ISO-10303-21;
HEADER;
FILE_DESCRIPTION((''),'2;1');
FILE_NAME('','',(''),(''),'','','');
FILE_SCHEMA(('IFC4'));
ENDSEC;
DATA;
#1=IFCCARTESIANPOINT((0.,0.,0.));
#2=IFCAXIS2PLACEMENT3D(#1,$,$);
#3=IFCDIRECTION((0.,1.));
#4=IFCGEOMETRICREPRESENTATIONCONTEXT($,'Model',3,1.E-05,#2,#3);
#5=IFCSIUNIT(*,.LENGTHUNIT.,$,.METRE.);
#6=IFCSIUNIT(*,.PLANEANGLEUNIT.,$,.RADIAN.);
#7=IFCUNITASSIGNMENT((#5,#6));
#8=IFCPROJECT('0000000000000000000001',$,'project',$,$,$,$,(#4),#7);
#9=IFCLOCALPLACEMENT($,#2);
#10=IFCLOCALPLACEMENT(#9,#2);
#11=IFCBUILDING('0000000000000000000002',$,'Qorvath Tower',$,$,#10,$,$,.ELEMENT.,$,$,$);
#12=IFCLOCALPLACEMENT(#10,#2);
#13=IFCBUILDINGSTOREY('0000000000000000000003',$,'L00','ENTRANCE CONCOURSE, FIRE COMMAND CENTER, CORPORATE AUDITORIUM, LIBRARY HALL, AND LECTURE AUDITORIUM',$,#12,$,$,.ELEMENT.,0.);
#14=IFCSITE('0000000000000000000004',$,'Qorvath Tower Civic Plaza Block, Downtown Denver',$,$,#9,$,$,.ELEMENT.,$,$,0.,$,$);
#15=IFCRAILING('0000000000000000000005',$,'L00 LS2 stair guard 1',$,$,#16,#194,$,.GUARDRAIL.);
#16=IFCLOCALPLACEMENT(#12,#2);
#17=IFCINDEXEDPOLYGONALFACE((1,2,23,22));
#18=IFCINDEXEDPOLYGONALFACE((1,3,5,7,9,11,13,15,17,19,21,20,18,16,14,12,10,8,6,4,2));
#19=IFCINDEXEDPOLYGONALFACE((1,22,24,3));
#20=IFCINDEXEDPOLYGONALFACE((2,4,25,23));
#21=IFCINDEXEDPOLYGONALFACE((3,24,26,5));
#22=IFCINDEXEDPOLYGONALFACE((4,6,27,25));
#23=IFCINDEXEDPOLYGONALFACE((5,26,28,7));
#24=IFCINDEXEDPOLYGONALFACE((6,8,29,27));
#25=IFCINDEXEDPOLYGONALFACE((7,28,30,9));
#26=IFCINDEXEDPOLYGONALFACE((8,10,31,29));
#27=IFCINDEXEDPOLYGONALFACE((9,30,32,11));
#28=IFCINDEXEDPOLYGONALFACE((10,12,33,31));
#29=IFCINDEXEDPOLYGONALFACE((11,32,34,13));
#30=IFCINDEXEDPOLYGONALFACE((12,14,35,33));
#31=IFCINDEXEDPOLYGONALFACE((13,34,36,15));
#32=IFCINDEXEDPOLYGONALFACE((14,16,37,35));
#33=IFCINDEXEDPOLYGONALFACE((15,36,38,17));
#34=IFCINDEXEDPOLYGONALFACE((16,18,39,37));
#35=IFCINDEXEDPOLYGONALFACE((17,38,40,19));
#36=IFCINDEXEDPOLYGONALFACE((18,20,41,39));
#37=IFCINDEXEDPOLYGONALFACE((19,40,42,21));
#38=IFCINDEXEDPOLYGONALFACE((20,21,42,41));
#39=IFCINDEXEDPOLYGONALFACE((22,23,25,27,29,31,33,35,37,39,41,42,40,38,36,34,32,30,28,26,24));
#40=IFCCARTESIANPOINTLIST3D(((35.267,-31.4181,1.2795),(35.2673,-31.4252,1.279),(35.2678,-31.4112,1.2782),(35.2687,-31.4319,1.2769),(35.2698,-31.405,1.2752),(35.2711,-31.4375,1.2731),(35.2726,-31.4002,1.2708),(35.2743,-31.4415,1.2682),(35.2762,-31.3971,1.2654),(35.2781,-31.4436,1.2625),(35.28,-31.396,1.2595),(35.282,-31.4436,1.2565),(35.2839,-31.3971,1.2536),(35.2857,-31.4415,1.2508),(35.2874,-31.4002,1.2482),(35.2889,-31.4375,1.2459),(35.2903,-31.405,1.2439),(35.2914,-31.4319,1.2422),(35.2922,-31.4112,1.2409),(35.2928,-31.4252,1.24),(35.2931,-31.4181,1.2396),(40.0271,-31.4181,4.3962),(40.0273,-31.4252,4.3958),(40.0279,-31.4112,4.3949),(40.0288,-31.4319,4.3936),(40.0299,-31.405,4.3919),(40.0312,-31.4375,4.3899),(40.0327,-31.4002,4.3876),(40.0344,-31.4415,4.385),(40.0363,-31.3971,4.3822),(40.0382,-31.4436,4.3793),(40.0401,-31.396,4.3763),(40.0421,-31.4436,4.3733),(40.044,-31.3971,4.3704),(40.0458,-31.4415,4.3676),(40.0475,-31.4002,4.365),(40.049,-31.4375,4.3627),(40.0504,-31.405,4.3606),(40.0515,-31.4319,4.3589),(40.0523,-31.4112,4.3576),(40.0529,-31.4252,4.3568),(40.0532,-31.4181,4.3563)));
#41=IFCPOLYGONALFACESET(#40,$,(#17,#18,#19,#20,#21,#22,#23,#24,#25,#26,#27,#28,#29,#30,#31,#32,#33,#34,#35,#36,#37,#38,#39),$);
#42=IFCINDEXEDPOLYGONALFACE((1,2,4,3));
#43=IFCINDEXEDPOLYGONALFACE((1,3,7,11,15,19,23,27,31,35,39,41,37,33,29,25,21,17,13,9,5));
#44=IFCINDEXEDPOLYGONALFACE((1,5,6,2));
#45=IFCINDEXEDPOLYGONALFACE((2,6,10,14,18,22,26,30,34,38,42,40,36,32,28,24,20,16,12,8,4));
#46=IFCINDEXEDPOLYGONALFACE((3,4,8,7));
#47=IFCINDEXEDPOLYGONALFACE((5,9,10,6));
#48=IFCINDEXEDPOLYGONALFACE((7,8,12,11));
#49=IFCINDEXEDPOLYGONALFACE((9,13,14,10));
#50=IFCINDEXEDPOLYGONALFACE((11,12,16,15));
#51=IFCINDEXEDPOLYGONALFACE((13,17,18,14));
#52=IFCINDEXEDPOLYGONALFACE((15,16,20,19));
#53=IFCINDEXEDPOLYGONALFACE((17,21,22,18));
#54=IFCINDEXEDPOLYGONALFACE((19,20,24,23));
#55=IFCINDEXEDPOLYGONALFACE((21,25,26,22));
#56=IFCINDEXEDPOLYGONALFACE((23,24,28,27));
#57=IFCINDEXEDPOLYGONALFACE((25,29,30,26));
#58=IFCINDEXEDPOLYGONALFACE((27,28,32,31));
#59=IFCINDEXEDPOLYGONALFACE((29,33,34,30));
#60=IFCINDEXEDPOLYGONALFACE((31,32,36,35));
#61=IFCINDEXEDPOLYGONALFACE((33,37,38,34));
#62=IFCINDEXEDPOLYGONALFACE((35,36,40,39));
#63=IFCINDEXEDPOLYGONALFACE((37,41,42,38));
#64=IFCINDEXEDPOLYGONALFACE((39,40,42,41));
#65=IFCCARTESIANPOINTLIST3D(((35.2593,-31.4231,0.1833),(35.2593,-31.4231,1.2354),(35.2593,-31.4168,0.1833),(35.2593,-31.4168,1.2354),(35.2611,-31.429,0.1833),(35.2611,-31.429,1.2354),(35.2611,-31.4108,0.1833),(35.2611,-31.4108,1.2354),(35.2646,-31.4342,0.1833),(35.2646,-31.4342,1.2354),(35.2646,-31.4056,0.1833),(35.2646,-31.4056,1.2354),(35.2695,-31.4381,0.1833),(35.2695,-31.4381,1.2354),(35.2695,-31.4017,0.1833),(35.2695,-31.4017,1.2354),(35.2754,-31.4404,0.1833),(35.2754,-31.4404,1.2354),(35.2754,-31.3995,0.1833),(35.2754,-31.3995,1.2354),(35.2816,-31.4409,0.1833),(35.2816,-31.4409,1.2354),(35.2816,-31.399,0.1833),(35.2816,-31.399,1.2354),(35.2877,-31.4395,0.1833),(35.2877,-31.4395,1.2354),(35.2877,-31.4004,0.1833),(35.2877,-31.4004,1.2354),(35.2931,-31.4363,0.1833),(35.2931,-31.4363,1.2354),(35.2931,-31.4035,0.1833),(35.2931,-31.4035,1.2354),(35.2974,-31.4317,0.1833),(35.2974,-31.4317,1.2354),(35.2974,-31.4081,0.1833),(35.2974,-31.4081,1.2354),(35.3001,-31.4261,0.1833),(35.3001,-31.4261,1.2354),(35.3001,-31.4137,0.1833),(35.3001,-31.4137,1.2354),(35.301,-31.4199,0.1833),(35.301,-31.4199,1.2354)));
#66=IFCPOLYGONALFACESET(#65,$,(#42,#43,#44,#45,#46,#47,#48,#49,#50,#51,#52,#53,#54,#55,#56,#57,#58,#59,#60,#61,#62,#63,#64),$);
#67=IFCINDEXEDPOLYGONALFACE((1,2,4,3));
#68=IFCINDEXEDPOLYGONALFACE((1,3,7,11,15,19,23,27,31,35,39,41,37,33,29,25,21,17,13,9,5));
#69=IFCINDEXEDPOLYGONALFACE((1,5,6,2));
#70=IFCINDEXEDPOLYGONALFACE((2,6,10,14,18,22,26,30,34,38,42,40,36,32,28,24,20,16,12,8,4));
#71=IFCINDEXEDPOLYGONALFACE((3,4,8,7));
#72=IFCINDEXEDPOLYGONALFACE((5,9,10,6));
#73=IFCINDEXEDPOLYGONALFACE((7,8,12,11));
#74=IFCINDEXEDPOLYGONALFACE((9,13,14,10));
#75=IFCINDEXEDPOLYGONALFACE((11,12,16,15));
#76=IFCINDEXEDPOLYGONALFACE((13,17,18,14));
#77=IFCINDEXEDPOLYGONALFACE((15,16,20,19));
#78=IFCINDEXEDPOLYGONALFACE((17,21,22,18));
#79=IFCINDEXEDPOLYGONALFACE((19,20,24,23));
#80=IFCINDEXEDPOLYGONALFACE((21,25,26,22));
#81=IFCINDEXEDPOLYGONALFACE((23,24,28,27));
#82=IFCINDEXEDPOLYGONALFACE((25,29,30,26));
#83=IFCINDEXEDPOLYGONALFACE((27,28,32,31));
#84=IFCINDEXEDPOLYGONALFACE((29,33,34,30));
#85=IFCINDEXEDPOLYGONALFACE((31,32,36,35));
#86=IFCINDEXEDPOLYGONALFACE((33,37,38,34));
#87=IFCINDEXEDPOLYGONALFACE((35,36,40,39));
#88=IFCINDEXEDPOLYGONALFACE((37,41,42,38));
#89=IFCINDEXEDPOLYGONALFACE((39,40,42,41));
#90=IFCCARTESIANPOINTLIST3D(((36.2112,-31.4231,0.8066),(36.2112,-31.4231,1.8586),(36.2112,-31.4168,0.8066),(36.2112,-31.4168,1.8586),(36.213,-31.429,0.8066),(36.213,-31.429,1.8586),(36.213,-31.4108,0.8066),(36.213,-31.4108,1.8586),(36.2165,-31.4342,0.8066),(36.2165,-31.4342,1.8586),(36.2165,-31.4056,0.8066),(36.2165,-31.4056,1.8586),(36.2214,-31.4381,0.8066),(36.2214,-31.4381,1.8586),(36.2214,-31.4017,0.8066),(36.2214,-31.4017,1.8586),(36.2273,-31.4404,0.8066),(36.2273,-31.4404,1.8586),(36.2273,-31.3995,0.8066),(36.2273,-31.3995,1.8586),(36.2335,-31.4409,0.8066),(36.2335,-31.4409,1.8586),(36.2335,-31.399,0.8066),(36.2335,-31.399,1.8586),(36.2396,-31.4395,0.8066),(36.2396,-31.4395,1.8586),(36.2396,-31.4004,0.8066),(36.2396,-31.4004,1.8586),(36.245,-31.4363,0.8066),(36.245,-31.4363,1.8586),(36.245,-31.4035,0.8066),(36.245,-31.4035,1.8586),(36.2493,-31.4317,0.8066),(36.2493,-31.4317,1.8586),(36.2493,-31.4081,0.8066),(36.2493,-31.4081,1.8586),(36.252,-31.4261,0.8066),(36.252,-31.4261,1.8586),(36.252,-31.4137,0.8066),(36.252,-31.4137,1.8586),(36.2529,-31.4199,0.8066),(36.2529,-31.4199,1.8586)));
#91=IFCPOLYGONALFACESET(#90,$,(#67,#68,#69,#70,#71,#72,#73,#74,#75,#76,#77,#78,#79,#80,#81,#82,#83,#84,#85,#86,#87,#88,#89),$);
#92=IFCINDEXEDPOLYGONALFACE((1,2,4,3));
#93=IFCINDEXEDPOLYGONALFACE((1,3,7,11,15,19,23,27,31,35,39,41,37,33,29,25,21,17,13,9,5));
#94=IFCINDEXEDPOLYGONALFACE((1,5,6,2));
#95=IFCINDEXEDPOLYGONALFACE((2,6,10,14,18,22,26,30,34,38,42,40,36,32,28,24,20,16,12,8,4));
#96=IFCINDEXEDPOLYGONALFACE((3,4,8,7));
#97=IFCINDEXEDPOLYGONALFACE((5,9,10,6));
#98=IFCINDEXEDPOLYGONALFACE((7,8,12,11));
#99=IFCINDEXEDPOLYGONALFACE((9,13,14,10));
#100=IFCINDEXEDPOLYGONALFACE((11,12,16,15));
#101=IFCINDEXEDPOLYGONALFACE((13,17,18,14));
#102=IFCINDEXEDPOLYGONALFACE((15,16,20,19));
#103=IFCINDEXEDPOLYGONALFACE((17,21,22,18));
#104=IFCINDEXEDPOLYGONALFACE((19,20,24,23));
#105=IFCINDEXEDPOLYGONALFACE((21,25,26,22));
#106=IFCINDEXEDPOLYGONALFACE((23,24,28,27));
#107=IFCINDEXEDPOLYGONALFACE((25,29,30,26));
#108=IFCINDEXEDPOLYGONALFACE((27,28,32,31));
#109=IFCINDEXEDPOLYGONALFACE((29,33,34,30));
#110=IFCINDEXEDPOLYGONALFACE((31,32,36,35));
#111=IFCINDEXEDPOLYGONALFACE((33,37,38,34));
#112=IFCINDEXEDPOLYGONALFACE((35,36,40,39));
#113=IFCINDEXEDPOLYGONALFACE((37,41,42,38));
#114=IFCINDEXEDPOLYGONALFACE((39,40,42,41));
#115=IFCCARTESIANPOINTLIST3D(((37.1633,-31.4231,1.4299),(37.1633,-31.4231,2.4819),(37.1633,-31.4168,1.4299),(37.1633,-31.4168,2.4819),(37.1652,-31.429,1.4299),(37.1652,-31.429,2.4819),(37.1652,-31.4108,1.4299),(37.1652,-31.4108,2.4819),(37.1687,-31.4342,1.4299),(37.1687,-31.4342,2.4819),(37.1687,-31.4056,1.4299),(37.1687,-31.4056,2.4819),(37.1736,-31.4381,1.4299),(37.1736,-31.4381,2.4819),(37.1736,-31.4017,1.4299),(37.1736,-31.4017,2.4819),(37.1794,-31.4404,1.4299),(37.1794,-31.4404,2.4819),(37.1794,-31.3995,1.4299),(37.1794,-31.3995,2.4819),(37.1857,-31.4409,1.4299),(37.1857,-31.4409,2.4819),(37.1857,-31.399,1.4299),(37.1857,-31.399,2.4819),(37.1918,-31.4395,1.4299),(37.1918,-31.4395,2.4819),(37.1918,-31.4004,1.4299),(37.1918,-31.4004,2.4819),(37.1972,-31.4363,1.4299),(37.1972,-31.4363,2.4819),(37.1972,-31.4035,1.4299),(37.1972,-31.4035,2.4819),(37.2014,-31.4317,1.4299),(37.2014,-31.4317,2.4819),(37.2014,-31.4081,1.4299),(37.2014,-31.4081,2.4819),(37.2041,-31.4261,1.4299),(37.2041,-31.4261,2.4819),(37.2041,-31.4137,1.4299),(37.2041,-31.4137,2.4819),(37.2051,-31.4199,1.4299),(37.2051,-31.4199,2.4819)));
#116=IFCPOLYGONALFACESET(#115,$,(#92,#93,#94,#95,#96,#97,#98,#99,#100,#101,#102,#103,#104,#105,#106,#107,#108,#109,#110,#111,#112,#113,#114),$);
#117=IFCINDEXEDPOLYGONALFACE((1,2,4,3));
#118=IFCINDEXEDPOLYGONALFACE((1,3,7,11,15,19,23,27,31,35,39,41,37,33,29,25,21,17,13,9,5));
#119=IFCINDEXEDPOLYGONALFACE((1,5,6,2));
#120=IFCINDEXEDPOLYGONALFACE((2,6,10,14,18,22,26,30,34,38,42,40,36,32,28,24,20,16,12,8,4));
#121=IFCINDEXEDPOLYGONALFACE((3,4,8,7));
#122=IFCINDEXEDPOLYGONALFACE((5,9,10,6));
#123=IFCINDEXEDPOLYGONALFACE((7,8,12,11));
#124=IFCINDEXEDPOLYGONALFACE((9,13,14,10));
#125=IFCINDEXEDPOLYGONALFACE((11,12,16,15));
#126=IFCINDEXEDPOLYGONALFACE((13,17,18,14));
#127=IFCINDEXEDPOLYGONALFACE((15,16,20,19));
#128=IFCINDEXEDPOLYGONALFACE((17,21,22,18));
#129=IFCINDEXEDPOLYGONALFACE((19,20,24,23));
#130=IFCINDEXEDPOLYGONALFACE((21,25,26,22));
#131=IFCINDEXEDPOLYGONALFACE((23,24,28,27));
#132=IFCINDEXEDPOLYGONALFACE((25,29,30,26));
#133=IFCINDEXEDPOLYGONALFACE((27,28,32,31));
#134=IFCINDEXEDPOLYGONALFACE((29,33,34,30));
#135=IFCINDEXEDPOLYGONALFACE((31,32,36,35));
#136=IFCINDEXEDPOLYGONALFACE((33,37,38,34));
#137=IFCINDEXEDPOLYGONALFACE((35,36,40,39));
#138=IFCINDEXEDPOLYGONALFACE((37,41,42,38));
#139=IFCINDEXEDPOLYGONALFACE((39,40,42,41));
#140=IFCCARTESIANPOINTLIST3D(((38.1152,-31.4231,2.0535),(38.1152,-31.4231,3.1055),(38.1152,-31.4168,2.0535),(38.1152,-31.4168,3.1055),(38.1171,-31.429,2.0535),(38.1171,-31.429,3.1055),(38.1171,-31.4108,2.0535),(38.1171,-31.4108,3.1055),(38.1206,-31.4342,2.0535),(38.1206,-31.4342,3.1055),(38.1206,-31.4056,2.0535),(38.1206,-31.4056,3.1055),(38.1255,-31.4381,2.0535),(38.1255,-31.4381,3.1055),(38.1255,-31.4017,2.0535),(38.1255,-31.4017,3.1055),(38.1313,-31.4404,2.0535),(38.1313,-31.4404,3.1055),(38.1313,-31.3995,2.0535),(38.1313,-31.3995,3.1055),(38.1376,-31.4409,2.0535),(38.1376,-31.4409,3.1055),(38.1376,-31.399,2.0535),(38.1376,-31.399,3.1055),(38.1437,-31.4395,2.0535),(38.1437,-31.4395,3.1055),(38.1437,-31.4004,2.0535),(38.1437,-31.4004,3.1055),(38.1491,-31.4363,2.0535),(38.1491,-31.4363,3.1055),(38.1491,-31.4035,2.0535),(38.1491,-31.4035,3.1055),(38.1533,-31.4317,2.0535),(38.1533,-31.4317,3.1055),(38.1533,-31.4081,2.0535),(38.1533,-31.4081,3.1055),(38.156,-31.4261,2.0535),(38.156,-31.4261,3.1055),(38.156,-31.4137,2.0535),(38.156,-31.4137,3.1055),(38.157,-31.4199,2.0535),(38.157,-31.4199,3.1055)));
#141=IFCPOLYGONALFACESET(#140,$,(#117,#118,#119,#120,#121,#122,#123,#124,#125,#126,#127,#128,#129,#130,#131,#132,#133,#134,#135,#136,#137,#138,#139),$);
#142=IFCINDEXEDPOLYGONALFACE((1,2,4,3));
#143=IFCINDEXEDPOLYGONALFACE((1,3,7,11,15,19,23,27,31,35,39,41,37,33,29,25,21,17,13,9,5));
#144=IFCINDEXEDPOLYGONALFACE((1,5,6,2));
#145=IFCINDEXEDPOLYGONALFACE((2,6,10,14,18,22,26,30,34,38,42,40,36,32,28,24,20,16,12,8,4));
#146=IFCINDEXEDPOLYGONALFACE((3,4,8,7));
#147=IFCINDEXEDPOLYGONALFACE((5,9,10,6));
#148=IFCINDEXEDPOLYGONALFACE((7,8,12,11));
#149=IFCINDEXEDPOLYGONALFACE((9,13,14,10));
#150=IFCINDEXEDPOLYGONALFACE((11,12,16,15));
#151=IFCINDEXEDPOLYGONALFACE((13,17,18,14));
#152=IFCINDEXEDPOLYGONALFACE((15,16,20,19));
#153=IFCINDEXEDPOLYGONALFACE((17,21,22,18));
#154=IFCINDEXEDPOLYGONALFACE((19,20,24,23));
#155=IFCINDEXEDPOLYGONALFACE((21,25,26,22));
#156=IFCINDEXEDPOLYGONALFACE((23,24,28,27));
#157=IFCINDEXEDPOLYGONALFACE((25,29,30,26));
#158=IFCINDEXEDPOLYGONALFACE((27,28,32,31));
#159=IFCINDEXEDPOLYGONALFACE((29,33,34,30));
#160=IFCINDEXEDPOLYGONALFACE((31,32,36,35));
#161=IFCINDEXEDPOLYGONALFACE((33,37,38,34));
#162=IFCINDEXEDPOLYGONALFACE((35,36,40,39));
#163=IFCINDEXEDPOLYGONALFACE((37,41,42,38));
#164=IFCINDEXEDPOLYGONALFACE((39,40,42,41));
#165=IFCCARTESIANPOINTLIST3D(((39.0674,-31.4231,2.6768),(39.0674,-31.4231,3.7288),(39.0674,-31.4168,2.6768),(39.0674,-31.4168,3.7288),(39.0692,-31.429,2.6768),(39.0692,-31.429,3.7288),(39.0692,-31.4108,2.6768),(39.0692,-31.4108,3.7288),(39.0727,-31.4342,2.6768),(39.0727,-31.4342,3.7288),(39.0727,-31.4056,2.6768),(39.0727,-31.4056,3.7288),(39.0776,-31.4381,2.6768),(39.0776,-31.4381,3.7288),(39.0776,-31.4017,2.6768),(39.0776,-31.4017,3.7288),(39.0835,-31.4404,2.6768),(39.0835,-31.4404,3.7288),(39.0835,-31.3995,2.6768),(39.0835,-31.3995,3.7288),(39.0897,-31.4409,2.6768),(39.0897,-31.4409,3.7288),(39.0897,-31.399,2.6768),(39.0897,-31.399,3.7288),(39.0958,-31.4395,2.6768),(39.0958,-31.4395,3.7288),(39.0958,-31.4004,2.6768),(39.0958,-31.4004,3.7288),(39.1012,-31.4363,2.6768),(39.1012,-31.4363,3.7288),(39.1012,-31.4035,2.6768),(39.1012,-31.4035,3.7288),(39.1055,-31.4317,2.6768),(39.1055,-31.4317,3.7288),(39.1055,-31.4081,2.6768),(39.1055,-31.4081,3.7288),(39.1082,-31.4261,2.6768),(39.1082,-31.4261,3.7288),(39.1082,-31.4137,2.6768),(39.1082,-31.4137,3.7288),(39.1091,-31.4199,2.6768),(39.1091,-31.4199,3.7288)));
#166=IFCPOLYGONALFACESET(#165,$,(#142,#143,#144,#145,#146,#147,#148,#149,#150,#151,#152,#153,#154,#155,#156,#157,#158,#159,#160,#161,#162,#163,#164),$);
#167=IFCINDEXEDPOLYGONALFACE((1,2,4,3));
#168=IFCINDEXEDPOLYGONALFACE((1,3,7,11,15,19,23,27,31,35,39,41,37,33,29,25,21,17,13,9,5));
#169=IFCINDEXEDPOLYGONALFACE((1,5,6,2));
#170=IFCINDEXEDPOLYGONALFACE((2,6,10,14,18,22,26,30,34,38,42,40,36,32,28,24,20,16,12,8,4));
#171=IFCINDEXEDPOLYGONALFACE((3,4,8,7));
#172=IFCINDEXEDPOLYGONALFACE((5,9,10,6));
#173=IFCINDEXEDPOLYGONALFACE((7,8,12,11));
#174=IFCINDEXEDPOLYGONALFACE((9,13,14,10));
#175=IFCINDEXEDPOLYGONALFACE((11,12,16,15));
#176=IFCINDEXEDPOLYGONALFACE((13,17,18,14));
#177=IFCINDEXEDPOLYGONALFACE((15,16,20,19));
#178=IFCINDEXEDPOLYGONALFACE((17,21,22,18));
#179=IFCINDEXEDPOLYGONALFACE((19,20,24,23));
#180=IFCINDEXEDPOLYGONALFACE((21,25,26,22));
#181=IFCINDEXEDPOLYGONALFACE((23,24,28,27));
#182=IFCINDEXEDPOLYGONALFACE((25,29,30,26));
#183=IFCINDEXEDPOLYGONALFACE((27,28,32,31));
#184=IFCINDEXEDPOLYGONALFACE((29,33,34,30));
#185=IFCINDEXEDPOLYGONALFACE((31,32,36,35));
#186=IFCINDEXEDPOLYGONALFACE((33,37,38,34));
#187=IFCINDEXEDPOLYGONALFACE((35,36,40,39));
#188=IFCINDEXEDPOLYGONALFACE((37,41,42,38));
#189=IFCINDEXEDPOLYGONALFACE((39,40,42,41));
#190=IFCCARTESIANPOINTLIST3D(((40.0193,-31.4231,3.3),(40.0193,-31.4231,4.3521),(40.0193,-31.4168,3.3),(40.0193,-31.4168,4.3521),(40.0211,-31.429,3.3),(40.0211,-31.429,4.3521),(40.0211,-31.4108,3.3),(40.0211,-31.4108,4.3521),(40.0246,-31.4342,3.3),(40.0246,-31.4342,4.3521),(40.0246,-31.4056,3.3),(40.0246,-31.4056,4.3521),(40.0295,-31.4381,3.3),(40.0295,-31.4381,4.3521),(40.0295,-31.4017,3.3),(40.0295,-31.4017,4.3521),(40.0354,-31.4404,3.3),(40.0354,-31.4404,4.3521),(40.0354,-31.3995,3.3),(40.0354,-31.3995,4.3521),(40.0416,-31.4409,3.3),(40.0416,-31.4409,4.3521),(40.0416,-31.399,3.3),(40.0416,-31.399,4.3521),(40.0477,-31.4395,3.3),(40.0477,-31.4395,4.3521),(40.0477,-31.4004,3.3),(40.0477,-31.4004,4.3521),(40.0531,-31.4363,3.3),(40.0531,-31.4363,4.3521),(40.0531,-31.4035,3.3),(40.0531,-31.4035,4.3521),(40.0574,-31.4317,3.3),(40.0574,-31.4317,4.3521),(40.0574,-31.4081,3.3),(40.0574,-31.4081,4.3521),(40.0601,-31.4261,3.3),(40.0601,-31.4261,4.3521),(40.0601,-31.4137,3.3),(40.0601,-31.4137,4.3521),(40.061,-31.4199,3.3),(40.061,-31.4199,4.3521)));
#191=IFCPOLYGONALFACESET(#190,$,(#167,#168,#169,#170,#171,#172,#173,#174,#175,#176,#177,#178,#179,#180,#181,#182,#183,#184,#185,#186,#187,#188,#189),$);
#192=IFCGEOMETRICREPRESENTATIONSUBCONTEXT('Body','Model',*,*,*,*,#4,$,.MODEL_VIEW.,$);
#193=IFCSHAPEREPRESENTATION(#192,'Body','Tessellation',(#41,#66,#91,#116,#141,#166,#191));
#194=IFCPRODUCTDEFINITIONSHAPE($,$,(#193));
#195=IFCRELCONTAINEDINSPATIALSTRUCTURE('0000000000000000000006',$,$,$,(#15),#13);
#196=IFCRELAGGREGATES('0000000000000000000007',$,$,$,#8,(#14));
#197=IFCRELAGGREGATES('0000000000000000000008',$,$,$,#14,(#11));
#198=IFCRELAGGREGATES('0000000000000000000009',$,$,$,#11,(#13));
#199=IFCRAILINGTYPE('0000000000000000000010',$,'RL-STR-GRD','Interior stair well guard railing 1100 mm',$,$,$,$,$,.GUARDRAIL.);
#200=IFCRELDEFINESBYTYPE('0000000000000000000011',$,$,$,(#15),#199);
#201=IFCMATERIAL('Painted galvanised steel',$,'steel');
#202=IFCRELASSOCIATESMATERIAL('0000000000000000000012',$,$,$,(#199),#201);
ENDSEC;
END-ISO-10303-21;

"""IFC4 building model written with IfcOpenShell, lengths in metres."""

from ifc_helpers import new_model, si_unit, direction, frame, origin, origin_2d, place, context, subcontext, project, spatial, circle, extrude, material, type_object, element, save


model = new_model("IFC4")

# Units and contexts
model_context = context("Model", 3, precision=1e-05, world=origin(), true_north=direction((0.0, 1.0)))
body_context = subcontext(model_context, "Body", "Model", "MODEL_VIEW")
ifc_project = project(units=[si_unit("LENGTHUNIT", "METRE"), si_unit("PLANEANGLEUNIT", "RADIAN")], contexts=[model_context])

# Site, building, storey
site_placement = place(None, origin())
site = spatial("IfcSite", under=ifc_project, at=site_placement, Name="Qorvath Tower Civic Plaza Block, Downtown Denver", CompositionType="ELEMENT", RefElevation=0.0)
building_placement = place(site_placement, origin())
building = spatial("IfcBuilding", under=site, at=building_placement, Name="Qorvath Tower", CompositionType="ELEMENT")
storey_placement = place(building_placement, origin())
storey = spatial("IfcBuildingStorey", under=building, at=storey_placement, Name="L00", Description="ENTRANCE CONCOURSE, FIRE COMMAND CENTER, CORPORATE AUDITORIUM, LIBRARY HALL, AND LECTURE AUDITORIUM", CompositionType="ELEMENT", Elevation=0.0)

# Railing
ifc_material_1 = material(Name="Painted galvanised steel", Category="steel")
railing_type_1 = type_object("IfcRailingType", Name="RL-STR-GRD", Description="Interior stair well guard railing 1100 mm", PredefinedType="GUARDRAIL", material=ifc_material_1)
railing_1_placement = place(storey_placement, frame((35.28, -31.4199, 0.1833)))
element("IfcRailing", 1, at=railing_1_placement, inside=storey, type_object=railing_type_1, Name="L00 LS2 stair guard 1", PredefinedType="GUARDRAIL", context=body_context, shape_type="SweptSolid", body=[
    extrude(circle(Radius=0.0239, at=origin_2d()), frame((0.0, 0.0, 1.0762), z_axis=(0.836616, 0.0, 0.547789), x_axis=(0.0, 1.0, 0.0)), (0.0, 0.0, 1.0), 5.6897),
    extrude(circle(Radius=0.021, at=origin_2d()), origin(), (0.0, 0.0, 1.0), 1.052),
    extrude(circle(Radius=0.021, at=origin_2d()), frame((0.9519, 0.0, 0.6233)), (0.0, 0.0, 1.0), 1.052),
    extrude(circle(Radius=0.021, at=origin_2d()), frame((1.9041, 0.0, 1.2466)), (0.0, 0.0, 1.0), 1.052),
    extrude(circle(Radius=0.021, at=origin_2d()), frame((2.856, 0.0, 1.8701)), (0.0, 0.0, 1.0), 1.052),
    extrude(circle(Radius=0.021, at=origin_2d()), frame((3.8081, 0.0, 2.4934)), (0.0, 0.0, 1.0), 1.052),
    extrude(circle(Radius=0.021, at=origin_2d()), frame((4.76, 0.0, 3.1167)), (0.0, 0.0, 1.0), 1.052),
])

save(model, "model.ifc")
